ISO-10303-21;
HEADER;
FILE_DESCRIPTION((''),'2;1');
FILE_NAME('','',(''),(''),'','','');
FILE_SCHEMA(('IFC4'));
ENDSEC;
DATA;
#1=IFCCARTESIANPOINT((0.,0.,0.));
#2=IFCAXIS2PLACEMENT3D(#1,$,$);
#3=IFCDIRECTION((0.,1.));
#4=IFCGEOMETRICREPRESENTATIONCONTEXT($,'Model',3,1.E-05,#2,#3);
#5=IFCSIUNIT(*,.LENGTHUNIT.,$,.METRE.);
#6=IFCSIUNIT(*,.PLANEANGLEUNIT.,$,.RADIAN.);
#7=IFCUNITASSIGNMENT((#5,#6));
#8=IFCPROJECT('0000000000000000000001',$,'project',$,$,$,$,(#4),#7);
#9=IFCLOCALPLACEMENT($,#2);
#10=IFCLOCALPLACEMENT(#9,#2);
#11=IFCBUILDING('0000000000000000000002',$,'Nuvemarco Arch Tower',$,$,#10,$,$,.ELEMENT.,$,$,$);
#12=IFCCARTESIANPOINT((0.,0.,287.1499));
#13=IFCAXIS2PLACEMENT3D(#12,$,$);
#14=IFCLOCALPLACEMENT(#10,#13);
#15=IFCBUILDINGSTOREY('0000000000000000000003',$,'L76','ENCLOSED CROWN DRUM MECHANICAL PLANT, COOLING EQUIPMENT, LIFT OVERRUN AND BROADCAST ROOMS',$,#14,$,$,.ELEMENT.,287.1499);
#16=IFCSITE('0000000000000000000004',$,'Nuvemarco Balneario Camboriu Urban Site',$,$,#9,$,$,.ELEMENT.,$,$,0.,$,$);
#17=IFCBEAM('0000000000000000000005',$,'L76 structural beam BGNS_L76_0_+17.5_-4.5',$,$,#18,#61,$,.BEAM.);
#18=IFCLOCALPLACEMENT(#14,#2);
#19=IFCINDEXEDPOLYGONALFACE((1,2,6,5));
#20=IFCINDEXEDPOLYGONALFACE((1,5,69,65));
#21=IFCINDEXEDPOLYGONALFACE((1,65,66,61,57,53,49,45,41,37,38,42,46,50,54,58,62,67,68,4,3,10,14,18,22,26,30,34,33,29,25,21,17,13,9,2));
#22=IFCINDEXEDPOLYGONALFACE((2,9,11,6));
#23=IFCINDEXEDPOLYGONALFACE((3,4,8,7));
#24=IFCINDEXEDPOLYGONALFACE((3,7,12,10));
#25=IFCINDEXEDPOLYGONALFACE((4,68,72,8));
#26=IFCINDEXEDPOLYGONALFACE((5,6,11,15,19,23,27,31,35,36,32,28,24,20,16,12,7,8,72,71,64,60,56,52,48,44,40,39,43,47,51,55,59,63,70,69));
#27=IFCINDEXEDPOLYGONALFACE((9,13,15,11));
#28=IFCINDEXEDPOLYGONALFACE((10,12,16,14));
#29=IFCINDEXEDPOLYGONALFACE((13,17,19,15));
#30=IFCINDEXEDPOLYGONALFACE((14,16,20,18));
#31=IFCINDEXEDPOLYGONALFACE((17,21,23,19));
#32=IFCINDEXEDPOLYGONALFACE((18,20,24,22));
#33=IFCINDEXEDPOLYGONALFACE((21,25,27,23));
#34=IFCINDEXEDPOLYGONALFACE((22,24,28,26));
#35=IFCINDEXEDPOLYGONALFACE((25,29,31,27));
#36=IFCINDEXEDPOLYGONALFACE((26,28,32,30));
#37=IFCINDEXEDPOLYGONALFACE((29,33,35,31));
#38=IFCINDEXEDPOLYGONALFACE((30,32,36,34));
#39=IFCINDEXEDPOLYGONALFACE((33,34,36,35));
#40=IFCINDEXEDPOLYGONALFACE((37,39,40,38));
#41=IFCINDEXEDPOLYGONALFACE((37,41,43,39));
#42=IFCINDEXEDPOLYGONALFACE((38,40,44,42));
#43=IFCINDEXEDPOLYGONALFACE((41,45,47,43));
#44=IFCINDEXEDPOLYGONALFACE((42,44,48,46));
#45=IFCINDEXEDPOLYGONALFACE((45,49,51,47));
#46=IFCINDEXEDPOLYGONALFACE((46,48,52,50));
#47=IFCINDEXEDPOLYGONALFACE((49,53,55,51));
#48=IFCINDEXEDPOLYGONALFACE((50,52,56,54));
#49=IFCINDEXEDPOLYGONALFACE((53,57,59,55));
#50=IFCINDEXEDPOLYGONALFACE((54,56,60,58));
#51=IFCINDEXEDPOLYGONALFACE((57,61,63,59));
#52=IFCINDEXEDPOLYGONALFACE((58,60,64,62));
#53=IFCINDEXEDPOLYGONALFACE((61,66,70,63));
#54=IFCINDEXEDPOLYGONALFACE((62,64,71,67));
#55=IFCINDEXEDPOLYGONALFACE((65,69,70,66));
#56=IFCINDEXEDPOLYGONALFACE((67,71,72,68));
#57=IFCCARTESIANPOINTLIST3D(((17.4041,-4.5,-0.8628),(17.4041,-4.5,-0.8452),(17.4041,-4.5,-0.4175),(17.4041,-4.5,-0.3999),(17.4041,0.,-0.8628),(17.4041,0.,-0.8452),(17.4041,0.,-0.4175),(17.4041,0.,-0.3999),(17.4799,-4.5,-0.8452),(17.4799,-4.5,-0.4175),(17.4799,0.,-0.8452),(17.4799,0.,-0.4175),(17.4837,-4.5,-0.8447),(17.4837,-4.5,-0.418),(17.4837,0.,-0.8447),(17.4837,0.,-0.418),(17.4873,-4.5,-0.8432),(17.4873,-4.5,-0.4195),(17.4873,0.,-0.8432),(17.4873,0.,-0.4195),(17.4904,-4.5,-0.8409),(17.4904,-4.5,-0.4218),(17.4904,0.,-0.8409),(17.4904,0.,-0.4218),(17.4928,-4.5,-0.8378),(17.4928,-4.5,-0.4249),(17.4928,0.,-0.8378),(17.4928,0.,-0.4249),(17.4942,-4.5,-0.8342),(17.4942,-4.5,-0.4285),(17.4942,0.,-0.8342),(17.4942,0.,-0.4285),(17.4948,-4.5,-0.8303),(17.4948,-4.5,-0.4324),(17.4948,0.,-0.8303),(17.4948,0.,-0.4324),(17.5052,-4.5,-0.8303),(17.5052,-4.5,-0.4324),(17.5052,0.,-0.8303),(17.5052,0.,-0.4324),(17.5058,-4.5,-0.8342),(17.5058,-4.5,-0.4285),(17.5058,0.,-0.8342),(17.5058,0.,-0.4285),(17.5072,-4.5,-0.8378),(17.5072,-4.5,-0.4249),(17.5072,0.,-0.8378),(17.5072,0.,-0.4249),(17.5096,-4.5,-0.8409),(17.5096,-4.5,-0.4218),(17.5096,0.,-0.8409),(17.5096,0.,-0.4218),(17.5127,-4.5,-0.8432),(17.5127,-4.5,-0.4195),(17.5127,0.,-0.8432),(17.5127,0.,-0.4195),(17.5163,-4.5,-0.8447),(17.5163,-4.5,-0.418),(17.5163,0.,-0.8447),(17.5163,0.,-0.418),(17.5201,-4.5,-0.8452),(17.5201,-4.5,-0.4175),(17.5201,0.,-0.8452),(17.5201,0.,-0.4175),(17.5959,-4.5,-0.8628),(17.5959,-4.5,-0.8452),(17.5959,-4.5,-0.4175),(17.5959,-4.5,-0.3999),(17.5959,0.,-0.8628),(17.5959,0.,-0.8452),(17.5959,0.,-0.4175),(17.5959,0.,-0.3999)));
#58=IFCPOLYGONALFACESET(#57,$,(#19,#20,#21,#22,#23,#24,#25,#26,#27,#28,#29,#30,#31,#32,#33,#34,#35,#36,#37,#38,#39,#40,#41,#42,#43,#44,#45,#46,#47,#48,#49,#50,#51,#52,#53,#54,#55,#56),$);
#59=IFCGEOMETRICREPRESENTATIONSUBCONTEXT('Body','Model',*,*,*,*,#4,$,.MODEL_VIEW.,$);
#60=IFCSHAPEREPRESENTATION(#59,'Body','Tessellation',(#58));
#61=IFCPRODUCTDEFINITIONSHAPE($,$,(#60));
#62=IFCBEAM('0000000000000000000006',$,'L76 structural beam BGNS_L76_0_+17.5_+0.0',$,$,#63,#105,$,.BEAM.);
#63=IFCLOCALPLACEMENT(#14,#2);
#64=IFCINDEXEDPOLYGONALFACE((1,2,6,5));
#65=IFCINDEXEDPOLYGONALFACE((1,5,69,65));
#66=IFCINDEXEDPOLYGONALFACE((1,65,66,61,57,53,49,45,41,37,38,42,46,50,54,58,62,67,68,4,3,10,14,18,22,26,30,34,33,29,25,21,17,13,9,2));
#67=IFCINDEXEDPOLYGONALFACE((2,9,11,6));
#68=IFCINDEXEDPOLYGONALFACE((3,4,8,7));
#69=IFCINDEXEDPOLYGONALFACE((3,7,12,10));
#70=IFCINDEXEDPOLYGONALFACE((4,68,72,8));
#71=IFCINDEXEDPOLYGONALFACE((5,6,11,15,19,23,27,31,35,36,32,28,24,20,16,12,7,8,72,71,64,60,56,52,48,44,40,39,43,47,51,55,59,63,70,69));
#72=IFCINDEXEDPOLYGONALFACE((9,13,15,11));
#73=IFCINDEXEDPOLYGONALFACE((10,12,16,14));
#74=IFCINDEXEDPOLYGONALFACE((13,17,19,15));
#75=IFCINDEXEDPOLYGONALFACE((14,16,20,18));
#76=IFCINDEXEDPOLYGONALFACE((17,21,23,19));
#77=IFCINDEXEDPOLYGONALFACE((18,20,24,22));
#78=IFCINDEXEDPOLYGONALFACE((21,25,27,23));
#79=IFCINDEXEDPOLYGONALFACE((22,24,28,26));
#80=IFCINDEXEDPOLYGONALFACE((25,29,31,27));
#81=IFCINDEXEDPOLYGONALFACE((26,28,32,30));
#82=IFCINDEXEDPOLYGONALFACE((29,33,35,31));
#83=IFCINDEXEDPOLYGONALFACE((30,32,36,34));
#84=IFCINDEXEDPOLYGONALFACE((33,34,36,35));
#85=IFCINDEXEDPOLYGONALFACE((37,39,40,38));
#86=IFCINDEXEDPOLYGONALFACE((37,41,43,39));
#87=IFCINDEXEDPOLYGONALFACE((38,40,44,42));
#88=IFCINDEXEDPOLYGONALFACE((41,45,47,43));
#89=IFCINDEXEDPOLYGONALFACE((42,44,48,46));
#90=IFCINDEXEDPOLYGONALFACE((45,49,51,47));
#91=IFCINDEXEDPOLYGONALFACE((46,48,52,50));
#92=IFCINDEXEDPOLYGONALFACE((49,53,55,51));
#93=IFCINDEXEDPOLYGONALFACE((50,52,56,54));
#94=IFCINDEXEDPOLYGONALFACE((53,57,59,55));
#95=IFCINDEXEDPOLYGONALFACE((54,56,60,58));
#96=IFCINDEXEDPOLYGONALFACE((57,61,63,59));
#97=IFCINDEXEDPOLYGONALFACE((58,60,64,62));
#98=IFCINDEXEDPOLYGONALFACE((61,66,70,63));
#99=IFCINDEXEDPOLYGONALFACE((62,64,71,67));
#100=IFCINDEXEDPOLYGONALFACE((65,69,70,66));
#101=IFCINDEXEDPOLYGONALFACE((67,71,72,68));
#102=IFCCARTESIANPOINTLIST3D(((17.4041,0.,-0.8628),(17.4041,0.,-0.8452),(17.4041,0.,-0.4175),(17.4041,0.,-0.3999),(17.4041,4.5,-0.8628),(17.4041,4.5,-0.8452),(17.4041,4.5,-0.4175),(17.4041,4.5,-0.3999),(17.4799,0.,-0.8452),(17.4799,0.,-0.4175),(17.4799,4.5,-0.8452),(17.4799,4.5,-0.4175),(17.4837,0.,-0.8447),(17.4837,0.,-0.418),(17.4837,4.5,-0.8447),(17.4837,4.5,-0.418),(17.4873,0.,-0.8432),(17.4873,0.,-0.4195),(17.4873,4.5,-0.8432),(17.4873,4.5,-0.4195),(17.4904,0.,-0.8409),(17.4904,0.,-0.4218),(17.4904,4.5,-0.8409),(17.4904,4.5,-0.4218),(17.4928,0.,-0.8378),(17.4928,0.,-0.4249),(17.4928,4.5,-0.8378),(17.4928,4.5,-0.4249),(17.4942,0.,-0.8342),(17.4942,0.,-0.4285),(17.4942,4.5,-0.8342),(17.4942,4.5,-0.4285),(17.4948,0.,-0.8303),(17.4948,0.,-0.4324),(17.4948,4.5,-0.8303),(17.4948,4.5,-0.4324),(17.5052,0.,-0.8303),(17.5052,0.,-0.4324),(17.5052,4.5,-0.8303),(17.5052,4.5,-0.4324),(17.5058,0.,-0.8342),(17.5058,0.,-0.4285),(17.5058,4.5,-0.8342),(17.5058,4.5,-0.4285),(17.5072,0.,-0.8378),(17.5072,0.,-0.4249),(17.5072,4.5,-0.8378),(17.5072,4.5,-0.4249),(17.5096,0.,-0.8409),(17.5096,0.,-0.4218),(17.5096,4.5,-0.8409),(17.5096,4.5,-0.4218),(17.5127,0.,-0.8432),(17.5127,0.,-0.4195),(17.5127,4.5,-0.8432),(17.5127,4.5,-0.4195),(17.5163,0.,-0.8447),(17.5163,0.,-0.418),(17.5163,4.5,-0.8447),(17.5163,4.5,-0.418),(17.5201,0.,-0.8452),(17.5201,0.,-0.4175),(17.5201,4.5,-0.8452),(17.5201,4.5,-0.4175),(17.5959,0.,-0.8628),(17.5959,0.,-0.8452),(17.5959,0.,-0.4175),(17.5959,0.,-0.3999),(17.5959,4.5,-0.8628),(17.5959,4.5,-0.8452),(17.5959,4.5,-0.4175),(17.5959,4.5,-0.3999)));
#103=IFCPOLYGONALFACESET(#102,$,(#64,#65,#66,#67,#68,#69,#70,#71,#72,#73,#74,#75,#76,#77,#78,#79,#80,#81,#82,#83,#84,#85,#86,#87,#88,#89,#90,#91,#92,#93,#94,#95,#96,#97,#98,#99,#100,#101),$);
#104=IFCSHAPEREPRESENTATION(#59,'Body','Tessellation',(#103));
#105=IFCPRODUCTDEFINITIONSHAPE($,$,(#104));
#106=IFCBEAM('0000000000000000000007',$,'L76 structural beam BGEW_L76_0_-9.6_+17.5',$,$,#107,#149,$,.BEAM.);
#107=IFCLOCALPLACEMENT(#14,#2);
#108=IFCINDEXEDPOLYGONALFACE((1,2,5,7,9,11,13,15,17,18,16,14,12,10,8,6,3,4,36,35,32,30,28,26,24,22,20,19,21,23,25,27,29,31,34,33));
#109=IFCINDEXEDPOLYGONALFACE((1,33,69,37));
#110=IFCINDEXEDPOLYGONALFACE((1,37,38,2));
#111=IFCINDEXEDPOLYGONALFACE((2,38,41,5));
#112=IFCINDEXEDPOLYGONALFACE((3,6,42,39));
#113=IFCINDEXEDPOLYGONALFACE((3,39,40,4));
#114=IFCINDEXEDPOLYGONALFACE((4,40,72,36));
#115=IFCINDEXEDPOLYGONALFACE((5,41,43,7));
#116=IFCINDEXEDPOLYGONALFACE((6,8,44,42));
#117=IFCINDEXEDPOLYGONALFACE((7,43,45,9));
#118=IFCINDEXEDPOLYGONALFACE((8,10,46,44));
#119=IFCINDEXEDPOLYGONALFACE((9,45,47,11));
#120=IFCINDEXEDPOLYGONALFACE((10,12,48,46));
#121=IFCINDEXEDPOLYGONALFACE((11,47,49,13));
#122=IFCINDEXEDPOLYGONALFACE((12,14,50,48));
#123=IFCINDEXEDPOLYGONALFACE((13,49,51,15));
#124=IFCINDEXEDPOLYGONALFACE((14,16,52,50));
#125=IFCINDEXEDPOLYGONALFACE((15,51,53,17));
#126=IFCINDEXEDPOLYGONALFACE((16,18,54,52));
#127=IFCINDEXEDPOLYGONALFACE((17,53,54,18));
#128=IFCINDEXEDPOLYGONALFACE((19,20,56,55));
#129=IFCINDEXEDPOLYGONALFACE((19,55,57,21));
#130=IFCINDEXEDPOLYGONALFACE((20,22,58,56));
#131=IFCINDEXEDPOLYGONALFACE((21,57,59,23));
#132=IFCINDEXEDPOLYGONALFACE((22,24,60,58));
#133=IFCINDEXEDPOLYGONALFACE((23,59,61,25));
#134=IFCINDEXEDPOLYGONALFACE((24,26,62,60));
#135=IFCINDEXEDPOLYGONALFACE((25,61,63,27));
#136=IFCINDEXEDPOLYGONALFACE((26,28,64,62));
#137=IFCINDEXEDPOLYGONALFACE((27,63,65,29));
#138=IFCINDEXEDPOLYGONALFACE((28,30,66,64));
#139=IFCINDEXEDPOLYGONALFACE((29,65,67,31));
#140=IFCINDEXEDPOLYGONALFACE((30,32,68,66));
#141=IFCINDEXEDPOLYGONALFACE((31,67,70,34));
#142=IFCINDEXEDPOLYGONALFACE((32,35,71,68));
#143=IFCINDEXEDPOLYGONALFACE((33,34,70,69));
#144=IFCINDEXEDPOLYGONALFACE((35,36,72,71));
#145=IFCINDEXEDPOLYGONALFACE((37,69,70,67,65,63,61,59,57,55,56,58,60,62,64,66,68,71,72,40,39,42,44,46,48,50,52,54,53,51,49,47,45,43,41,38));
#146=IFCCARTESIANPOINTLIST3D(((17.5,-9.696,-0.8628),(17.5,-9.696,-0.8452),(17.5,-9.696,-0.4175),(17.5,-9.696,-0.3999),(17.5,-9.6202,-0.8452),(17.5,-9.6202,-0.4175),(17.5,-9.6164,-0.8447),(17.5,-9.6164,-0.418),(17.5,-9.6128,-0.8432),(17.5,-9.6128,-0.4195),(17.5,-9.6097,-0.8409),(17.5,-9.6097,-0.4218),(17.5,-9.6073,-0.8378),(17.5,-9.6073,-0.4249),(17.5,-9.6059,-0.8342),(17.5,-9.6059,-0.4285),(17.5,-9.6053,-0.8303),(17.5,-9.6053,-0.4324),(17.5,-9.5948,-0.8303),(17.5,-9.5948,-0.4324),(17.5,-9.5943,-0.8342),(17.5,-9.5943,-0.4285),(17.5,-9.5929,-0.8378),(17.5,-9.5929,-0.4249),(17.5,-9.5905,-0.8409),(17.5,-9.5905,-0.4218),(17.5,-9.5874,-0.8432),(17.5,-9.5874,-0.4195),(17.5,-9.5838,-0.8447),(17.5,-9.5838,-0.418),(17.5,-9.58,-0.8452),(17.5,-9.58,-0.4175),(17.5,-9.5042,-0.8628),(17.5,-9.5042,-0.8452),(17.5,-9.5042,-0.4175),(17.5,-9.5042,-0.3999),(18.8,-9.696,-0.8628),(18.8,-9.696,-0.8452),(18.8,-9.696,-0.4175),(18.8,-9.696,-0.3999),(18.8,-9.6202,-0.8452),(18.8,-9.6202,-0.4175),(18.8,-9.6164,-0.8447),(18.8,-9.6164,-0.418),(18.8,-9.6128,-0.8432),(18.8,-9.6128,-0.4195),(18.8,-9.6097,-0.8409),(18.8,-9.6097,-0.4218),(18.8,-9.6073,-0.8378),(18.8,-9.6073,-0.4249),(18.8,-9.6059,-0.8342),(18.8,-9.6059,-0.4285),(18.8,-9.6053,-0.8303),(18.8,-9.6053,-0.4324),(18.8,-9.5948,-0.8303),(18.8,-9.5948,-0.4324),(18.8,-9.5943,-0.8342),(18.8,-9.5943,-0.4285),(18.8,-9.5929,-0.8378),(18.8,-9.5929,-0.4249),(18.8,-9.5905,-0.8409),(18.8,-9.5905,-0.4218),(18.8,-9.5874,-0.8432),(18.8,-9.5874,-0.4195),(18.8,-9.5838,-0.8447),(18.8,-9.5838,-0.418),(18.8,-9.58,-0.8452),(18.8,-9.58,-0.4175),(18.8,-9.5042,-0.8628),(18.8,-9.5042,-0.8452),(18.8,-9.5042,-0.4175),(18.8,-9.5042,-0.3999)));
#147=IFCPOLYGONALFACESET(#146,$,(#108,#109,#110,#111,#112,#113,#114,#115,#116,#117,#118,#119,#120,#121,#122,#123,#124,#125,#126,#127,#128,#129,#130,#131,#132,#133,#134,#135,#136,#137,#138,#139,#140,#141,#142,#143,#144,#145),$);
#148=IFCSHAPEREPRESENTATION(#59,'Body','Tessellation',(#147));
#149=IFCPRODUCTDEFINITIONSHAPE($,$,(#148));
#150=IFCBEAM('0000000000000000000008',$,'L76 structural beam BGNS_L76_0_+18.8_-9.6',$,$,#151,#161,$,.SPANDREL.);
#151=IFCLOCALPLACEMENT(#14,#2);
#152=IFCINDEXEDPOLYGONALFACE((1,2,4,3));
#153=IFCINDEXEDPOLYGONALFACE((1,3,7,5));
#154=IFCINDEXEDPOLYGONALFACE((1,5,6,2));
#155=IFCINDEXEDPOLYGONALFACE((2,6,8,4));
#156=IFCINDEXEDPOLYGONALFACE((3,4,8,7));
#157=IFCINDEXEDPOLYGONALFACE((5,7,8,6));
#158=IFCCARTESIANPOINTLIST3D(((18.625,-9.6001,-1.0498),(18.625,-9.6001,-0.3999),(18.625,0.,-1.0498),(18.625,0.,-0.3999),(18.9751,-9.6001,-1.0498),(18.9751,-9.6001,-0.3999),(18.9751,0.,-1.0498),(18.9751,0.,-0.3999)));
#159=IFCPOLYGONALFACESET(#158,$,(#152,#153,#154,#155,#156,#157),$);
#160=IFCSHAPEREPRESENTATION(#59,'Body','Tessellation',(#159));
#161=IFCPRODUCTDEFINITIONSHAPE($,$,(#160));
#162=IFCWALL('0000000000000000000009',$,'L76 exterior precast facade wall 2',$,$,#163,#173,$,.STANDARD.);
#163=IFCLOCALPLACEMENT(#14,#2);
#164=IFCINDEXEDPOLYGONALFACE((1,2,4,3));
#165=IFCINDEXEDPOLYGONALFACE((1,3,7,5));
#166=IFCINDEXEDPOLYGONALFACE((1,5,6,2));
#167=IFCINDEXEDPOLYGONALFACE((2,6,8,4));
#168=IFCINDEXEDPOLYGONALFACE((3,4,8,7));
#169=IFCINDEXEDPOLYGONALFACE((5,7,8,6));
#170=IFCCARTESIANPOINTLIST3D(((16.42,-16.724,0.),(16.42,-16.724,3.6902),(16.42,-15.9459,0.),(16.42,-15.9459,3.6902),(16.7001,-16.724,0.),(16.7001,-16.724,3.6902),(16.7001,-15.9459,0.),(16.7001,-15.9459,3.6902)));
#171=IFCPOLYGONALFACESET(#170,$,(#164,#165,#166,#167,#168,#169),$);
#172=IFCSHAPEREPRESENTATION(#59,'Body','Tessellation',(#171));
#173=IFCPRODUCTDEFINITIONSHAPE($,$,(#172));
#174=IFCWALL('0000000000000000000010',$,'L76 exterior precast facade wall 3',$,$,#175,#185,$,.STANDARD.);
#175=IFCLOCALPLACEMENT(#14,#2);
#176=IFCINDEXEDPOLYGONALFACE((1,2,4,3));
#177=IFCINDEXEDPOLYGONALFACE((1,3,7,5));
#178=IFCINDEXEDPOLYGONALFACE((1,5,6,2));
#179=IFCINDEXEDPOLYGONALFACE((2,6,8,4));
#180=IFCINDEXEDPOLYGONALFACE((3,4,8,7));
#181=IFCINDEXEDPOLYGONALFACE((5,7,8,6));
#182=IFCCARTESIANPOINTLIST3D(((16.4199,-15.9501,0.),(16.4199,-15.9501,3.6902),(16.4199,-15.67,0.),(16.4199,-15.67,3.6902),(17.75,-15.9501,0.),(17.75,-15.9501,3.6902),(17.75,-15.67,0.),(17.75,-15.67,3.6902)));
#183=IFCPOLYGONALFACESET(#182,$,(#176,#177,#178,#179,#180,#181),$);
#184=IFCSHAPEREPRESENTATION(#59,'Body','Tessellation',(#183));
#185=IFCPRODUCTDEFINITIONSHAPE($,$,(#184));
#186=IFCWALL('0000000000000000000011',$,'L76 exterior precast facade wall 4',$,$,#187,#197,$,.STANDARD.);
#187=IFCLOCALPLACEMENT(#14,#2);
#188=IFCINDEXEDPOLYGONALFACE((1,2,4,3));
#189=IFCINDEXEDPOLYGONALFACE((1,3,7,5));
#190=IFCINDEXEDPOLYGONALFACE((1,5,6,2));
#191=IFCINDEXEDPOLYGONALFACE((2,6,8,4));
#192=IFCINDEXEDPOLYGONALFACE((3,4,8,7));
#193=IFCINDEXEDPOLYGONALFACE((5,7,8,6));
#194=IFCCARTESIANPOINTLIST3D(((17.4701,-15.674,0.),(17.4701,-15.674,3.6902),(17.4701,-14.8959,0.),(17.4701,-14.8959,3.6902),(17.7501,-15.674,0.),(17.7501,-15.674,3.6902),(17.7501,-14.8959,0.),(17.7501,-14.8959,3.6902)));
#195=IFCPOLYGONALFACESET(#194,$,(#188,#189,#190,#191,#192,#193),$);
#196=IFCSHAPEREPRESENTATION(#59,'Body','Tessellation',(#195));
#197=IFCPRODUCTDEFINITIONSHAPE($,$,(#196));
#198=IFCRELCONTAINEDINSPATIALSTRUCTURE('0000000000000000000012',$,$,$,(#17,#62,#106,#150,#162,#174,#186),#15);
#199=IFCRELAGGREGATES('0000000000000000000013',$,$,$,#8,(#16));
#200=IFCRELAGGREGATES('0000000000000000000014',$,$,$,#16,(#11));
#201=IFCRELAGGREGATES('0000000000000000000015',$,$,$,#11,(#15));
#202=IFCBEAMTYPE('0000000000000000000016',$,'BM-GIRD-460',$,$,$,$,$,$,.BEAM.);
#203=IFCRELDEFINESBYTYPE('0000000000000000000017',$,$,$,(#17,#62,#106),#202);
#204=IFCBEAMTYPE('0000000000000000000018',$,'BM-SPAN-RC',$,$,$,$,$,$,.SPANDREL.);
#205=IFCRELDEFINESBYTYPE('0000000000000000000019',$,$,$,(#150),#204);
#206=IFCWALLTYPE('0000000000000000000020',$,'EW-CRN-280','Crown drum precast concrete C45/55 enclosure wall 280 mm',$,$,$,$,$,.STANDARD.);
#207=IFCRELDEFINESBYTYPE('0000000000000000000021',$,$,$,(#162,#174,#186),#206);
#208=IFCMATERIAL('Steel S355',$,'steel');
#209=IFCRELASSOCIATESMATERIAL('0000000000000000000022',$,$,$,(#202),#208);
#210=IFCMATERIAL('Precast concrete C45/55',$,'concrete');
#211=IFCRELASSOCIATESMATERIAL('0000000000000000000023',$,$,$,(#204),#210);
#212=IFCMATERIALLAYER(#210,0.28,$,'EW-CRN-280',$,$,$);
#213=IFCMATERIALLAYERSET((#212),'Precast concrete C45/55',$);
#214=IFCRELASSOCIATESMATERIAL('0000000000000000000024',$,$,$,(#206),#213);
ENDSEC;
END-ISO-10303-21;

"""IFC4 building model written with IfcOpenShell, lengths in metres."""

from ifc_helpers import new_model, si_unit, direction, frame, frame_2d, origin, origin_2d, place, context, subcontext, project, spatial, rectangle, i_section, extrude, material, layer, layer_set, material_profile, profile_set, type_object, element, save


model = new_model("IFC4")

# Units and contexts
model_context = context("Model", 3, precision=1e-05, world=origin(), true_north=direction((0.0, 1.0)))
body_context = subcontext(model_context, "Body", "Model", "MODEL_VIEW")
ifc_project = project(units=[si_unit("LENGTHUNIT", "METRE"), si_unit("PLANEANGLEUNIT", "RADIAN")], contexts=[model_context])

# Site, building, storey
site_placement = place(None, origin())
site = spatial("IfcSite", under=ifc_project, at=site_placement, Name="Nuvemarco Balneario Camboriu Urban Site", CompositionType="ELEMENT", RefElevation=0.0)
building_placement = place(site_placement, origin())
building = spatial("IfcBuilding", under=site, at=building_placement, Name="Nuvemarco Arch Tower", CompositionType="ELEMENT")
storey_placement = place(building_placement, frame((0.0, 0.0, 287.1499)))
storey = spatial("IfcBuildingStorey", under=building, at=storey_placement, Name="L76", Description="ENCLOSED CROWN DRUM MECHANICAL PLANT, COOLING EQUIPMENT, LIFT OVERRUN AND BROADCAST ROOMS", CompositionType="ELEMENT", Elevation=287.1499)

# Shared definitions
ifc_material_1 = material(Name="Steel S355", Category="steel")

# Beams
ifc_material_profile_1 = material_profile(ifc_material_1, i_section(OverallWidth=0.1919, OverallDepth=0.4629, WebThickness=0.0105, FlangeThickness=0.0176, FilletRadius=0.0149, at=origin_2d()), Name="W460x89")
ifc_profile_set_1 = profile_set([ifc_material_profile_1], Name="Steel S355")
beam_type_1 = type_object("IfcBeamType", Name="BM-GIRD-460", PredefinedType="BEAM", material=ifc_profile_set_1)
for number, where, z_axis, x_axis, name in (
    (1, (17.5, -4.5, -0.6313), (0.0, 1.0, 0.0), (-1.0, 0.0, 0.0), "L76 structural beam BGNS_L76_0_+17.5_-4.5"),
    (2, (17.5, 0.0, -0.6313), (0.0, 1.0, 0.0), (-1.0, 0.0, 0.0), "L76 structural beam BGNS_L76_0_+17.5_+0.0"),
):
    element("IfcBeam", number, at=place(storey_placement, frame(where, z_axis=z_axis, x_axis=x_axis)), inside=storey, type_object=beam_type_1, Name=name, PredefinedType="BEAM", context=body_context, shape_type="SweptSolid", body=[
        extrude(i_section(OverallWidth=0.1919, OverallDepth=0.4629, WebThickness=0.0105, FlangeThickness=0.0176, FilletRadius=0.0149, at=origin_2d()), origin(), (0.0, 0.0, 1.0), 4.5),
    ])
beam_1_placement = place(storey_placement, frame((17.5, -9.6001, -0.6313), z_axis=(1.0, 0.0, 0.0), x_axis=(0.0, 1.0, 0.0)))
element("IfcBeam", 3, at=beam_1_placement, inside=storey, type_object=beam_type_1, Name="L76 structural beam BGEW_L76_0_-9.6_+17.5", PredefinedType="BEAM", context=body_context, shape_type="SweptSolid", body=[
    extrude(i_section(OverallWidth=0.1919, OverallDepth=0.4629, WebThickness=0.0105, FlangeThickness=0.0176, FilletRadius=0.0149, at=origin_2d()), origin(), (0.0, 0.0, 1.0), 1.3),
])
ifc_material_2 = material(Name="Precast concrete C45/55", Category="concrete")
ifc_material_profile_2 = material_profile(ifc_material_2, rectangle(XDim=0.3501, YDim=0.6499, at=origin_2d()), Name="PC-SP-350x650")
ifc_profile_set_2 = profile_set([ifc_material_profile_2], Name="Precast concrete C45/55")
beam_type_2 = type_object("IfcBeamType", Name="BM-SPAN-RC", PredefinedType="SPANDREL", material=ifc_profile_set_2)
beam_2_placement = place(storey_placement, frame((18.8, -9.6001, -0.7249), z_axis=(0.0, 1.0, 0.0), x_axis=(-1.0, 0.0, 0.0)))
element("IfcBeam", 4, at=beam_2_placement, inside=storey, type_object=beam_type_2, Name="L76 structural beam BGNS_L76_0_+18.8_-9.6", PredefinedType="SPANDREL", context=body_context, shape_type="SweptSolid", body=[
    extrude(rectangle(XDim=0.3501, YDim=0.6499, at=origin_2d()), origin(), (0.0, 0.0, 1.0), 9.6001),
])

# Walls
ifc_layer_1 = layer(ifc_material_2, 0.28, Name="EW-CRN-280")
ifc_layer_set_1 = layer_set([ifc_layer_1], Name="Precast concrete C45/55")
wall_type_1 = type_object("IfcWallType", Name="EW-CRN-280", Description="Crown drum precast concrete C45/55 enclosure wall 280 mm", PredefinedType="STANDARD", material=ifc_layer_set_1)
wall_1_placement = place(storey_placement, frame((16.5601, -16.7241, 0.0), z_axis=(0.0, 0.0, 1.0), x_axis=(0.0, 1.0, 0.0)))
element("IfcWall", 5, at=wall_1_placement, inside=storey, type_object=wall_type_1, Name="L76 exterior precast facade wall 2", PredefinedType="STANDARD", context=body_context, shape_type="SweptSolid", body=[
    extrude(rectangle(XDim=0.7781, YDim=0.28, at=frame_2d((0.3892, 0.0))), origin(), (0.0, 0.0, 1.0), 3.6902),
])
wall_2_placement = place(storey_placement, frame((16.4199, -15.8101, 0.0), z_axis=(0.0, 0.0, 1.0), x_axis=(1.0, 0.0, 0.0)))
element("IfcWall", 6, at=wall_2_placement, inside=storey, type_object=wall_type_1, Name="L76 exterior precast facade wall 3", PredefinedType="STANDARD", context=body_context, shape_type="SweptSolid", body=[
    extrude(rectangle(XDim=1.3301, YDim=0.28, at=frame_2d((0.665, 0.0))), origin(), (0.0, 0.0, 1.0), 3.6902),
])
wall_3_placement = place(storey_placement, frame((17.6101, -15.6741, 0.0), z_axis=(0.0, 0.0, 1.0), x_axis=(0.0, 1.0, 0.0)))
element("IfcWall", 7, at=wall_3_placement, inside=storey, type_object=wall_type_1, Name="L76 exterior precast facade wall 4", PredefinedType="STANDARD", context=body_context, shape_type="SweptSolid", body=[
    extrude(rectangle(XDim=0.7781, YDim=0.28, at=frame_2d((0.3892, 0.0))), origin(), (0.0, 0.0, 1.0), 3.6902),
])

save(model, "model.ifc")
